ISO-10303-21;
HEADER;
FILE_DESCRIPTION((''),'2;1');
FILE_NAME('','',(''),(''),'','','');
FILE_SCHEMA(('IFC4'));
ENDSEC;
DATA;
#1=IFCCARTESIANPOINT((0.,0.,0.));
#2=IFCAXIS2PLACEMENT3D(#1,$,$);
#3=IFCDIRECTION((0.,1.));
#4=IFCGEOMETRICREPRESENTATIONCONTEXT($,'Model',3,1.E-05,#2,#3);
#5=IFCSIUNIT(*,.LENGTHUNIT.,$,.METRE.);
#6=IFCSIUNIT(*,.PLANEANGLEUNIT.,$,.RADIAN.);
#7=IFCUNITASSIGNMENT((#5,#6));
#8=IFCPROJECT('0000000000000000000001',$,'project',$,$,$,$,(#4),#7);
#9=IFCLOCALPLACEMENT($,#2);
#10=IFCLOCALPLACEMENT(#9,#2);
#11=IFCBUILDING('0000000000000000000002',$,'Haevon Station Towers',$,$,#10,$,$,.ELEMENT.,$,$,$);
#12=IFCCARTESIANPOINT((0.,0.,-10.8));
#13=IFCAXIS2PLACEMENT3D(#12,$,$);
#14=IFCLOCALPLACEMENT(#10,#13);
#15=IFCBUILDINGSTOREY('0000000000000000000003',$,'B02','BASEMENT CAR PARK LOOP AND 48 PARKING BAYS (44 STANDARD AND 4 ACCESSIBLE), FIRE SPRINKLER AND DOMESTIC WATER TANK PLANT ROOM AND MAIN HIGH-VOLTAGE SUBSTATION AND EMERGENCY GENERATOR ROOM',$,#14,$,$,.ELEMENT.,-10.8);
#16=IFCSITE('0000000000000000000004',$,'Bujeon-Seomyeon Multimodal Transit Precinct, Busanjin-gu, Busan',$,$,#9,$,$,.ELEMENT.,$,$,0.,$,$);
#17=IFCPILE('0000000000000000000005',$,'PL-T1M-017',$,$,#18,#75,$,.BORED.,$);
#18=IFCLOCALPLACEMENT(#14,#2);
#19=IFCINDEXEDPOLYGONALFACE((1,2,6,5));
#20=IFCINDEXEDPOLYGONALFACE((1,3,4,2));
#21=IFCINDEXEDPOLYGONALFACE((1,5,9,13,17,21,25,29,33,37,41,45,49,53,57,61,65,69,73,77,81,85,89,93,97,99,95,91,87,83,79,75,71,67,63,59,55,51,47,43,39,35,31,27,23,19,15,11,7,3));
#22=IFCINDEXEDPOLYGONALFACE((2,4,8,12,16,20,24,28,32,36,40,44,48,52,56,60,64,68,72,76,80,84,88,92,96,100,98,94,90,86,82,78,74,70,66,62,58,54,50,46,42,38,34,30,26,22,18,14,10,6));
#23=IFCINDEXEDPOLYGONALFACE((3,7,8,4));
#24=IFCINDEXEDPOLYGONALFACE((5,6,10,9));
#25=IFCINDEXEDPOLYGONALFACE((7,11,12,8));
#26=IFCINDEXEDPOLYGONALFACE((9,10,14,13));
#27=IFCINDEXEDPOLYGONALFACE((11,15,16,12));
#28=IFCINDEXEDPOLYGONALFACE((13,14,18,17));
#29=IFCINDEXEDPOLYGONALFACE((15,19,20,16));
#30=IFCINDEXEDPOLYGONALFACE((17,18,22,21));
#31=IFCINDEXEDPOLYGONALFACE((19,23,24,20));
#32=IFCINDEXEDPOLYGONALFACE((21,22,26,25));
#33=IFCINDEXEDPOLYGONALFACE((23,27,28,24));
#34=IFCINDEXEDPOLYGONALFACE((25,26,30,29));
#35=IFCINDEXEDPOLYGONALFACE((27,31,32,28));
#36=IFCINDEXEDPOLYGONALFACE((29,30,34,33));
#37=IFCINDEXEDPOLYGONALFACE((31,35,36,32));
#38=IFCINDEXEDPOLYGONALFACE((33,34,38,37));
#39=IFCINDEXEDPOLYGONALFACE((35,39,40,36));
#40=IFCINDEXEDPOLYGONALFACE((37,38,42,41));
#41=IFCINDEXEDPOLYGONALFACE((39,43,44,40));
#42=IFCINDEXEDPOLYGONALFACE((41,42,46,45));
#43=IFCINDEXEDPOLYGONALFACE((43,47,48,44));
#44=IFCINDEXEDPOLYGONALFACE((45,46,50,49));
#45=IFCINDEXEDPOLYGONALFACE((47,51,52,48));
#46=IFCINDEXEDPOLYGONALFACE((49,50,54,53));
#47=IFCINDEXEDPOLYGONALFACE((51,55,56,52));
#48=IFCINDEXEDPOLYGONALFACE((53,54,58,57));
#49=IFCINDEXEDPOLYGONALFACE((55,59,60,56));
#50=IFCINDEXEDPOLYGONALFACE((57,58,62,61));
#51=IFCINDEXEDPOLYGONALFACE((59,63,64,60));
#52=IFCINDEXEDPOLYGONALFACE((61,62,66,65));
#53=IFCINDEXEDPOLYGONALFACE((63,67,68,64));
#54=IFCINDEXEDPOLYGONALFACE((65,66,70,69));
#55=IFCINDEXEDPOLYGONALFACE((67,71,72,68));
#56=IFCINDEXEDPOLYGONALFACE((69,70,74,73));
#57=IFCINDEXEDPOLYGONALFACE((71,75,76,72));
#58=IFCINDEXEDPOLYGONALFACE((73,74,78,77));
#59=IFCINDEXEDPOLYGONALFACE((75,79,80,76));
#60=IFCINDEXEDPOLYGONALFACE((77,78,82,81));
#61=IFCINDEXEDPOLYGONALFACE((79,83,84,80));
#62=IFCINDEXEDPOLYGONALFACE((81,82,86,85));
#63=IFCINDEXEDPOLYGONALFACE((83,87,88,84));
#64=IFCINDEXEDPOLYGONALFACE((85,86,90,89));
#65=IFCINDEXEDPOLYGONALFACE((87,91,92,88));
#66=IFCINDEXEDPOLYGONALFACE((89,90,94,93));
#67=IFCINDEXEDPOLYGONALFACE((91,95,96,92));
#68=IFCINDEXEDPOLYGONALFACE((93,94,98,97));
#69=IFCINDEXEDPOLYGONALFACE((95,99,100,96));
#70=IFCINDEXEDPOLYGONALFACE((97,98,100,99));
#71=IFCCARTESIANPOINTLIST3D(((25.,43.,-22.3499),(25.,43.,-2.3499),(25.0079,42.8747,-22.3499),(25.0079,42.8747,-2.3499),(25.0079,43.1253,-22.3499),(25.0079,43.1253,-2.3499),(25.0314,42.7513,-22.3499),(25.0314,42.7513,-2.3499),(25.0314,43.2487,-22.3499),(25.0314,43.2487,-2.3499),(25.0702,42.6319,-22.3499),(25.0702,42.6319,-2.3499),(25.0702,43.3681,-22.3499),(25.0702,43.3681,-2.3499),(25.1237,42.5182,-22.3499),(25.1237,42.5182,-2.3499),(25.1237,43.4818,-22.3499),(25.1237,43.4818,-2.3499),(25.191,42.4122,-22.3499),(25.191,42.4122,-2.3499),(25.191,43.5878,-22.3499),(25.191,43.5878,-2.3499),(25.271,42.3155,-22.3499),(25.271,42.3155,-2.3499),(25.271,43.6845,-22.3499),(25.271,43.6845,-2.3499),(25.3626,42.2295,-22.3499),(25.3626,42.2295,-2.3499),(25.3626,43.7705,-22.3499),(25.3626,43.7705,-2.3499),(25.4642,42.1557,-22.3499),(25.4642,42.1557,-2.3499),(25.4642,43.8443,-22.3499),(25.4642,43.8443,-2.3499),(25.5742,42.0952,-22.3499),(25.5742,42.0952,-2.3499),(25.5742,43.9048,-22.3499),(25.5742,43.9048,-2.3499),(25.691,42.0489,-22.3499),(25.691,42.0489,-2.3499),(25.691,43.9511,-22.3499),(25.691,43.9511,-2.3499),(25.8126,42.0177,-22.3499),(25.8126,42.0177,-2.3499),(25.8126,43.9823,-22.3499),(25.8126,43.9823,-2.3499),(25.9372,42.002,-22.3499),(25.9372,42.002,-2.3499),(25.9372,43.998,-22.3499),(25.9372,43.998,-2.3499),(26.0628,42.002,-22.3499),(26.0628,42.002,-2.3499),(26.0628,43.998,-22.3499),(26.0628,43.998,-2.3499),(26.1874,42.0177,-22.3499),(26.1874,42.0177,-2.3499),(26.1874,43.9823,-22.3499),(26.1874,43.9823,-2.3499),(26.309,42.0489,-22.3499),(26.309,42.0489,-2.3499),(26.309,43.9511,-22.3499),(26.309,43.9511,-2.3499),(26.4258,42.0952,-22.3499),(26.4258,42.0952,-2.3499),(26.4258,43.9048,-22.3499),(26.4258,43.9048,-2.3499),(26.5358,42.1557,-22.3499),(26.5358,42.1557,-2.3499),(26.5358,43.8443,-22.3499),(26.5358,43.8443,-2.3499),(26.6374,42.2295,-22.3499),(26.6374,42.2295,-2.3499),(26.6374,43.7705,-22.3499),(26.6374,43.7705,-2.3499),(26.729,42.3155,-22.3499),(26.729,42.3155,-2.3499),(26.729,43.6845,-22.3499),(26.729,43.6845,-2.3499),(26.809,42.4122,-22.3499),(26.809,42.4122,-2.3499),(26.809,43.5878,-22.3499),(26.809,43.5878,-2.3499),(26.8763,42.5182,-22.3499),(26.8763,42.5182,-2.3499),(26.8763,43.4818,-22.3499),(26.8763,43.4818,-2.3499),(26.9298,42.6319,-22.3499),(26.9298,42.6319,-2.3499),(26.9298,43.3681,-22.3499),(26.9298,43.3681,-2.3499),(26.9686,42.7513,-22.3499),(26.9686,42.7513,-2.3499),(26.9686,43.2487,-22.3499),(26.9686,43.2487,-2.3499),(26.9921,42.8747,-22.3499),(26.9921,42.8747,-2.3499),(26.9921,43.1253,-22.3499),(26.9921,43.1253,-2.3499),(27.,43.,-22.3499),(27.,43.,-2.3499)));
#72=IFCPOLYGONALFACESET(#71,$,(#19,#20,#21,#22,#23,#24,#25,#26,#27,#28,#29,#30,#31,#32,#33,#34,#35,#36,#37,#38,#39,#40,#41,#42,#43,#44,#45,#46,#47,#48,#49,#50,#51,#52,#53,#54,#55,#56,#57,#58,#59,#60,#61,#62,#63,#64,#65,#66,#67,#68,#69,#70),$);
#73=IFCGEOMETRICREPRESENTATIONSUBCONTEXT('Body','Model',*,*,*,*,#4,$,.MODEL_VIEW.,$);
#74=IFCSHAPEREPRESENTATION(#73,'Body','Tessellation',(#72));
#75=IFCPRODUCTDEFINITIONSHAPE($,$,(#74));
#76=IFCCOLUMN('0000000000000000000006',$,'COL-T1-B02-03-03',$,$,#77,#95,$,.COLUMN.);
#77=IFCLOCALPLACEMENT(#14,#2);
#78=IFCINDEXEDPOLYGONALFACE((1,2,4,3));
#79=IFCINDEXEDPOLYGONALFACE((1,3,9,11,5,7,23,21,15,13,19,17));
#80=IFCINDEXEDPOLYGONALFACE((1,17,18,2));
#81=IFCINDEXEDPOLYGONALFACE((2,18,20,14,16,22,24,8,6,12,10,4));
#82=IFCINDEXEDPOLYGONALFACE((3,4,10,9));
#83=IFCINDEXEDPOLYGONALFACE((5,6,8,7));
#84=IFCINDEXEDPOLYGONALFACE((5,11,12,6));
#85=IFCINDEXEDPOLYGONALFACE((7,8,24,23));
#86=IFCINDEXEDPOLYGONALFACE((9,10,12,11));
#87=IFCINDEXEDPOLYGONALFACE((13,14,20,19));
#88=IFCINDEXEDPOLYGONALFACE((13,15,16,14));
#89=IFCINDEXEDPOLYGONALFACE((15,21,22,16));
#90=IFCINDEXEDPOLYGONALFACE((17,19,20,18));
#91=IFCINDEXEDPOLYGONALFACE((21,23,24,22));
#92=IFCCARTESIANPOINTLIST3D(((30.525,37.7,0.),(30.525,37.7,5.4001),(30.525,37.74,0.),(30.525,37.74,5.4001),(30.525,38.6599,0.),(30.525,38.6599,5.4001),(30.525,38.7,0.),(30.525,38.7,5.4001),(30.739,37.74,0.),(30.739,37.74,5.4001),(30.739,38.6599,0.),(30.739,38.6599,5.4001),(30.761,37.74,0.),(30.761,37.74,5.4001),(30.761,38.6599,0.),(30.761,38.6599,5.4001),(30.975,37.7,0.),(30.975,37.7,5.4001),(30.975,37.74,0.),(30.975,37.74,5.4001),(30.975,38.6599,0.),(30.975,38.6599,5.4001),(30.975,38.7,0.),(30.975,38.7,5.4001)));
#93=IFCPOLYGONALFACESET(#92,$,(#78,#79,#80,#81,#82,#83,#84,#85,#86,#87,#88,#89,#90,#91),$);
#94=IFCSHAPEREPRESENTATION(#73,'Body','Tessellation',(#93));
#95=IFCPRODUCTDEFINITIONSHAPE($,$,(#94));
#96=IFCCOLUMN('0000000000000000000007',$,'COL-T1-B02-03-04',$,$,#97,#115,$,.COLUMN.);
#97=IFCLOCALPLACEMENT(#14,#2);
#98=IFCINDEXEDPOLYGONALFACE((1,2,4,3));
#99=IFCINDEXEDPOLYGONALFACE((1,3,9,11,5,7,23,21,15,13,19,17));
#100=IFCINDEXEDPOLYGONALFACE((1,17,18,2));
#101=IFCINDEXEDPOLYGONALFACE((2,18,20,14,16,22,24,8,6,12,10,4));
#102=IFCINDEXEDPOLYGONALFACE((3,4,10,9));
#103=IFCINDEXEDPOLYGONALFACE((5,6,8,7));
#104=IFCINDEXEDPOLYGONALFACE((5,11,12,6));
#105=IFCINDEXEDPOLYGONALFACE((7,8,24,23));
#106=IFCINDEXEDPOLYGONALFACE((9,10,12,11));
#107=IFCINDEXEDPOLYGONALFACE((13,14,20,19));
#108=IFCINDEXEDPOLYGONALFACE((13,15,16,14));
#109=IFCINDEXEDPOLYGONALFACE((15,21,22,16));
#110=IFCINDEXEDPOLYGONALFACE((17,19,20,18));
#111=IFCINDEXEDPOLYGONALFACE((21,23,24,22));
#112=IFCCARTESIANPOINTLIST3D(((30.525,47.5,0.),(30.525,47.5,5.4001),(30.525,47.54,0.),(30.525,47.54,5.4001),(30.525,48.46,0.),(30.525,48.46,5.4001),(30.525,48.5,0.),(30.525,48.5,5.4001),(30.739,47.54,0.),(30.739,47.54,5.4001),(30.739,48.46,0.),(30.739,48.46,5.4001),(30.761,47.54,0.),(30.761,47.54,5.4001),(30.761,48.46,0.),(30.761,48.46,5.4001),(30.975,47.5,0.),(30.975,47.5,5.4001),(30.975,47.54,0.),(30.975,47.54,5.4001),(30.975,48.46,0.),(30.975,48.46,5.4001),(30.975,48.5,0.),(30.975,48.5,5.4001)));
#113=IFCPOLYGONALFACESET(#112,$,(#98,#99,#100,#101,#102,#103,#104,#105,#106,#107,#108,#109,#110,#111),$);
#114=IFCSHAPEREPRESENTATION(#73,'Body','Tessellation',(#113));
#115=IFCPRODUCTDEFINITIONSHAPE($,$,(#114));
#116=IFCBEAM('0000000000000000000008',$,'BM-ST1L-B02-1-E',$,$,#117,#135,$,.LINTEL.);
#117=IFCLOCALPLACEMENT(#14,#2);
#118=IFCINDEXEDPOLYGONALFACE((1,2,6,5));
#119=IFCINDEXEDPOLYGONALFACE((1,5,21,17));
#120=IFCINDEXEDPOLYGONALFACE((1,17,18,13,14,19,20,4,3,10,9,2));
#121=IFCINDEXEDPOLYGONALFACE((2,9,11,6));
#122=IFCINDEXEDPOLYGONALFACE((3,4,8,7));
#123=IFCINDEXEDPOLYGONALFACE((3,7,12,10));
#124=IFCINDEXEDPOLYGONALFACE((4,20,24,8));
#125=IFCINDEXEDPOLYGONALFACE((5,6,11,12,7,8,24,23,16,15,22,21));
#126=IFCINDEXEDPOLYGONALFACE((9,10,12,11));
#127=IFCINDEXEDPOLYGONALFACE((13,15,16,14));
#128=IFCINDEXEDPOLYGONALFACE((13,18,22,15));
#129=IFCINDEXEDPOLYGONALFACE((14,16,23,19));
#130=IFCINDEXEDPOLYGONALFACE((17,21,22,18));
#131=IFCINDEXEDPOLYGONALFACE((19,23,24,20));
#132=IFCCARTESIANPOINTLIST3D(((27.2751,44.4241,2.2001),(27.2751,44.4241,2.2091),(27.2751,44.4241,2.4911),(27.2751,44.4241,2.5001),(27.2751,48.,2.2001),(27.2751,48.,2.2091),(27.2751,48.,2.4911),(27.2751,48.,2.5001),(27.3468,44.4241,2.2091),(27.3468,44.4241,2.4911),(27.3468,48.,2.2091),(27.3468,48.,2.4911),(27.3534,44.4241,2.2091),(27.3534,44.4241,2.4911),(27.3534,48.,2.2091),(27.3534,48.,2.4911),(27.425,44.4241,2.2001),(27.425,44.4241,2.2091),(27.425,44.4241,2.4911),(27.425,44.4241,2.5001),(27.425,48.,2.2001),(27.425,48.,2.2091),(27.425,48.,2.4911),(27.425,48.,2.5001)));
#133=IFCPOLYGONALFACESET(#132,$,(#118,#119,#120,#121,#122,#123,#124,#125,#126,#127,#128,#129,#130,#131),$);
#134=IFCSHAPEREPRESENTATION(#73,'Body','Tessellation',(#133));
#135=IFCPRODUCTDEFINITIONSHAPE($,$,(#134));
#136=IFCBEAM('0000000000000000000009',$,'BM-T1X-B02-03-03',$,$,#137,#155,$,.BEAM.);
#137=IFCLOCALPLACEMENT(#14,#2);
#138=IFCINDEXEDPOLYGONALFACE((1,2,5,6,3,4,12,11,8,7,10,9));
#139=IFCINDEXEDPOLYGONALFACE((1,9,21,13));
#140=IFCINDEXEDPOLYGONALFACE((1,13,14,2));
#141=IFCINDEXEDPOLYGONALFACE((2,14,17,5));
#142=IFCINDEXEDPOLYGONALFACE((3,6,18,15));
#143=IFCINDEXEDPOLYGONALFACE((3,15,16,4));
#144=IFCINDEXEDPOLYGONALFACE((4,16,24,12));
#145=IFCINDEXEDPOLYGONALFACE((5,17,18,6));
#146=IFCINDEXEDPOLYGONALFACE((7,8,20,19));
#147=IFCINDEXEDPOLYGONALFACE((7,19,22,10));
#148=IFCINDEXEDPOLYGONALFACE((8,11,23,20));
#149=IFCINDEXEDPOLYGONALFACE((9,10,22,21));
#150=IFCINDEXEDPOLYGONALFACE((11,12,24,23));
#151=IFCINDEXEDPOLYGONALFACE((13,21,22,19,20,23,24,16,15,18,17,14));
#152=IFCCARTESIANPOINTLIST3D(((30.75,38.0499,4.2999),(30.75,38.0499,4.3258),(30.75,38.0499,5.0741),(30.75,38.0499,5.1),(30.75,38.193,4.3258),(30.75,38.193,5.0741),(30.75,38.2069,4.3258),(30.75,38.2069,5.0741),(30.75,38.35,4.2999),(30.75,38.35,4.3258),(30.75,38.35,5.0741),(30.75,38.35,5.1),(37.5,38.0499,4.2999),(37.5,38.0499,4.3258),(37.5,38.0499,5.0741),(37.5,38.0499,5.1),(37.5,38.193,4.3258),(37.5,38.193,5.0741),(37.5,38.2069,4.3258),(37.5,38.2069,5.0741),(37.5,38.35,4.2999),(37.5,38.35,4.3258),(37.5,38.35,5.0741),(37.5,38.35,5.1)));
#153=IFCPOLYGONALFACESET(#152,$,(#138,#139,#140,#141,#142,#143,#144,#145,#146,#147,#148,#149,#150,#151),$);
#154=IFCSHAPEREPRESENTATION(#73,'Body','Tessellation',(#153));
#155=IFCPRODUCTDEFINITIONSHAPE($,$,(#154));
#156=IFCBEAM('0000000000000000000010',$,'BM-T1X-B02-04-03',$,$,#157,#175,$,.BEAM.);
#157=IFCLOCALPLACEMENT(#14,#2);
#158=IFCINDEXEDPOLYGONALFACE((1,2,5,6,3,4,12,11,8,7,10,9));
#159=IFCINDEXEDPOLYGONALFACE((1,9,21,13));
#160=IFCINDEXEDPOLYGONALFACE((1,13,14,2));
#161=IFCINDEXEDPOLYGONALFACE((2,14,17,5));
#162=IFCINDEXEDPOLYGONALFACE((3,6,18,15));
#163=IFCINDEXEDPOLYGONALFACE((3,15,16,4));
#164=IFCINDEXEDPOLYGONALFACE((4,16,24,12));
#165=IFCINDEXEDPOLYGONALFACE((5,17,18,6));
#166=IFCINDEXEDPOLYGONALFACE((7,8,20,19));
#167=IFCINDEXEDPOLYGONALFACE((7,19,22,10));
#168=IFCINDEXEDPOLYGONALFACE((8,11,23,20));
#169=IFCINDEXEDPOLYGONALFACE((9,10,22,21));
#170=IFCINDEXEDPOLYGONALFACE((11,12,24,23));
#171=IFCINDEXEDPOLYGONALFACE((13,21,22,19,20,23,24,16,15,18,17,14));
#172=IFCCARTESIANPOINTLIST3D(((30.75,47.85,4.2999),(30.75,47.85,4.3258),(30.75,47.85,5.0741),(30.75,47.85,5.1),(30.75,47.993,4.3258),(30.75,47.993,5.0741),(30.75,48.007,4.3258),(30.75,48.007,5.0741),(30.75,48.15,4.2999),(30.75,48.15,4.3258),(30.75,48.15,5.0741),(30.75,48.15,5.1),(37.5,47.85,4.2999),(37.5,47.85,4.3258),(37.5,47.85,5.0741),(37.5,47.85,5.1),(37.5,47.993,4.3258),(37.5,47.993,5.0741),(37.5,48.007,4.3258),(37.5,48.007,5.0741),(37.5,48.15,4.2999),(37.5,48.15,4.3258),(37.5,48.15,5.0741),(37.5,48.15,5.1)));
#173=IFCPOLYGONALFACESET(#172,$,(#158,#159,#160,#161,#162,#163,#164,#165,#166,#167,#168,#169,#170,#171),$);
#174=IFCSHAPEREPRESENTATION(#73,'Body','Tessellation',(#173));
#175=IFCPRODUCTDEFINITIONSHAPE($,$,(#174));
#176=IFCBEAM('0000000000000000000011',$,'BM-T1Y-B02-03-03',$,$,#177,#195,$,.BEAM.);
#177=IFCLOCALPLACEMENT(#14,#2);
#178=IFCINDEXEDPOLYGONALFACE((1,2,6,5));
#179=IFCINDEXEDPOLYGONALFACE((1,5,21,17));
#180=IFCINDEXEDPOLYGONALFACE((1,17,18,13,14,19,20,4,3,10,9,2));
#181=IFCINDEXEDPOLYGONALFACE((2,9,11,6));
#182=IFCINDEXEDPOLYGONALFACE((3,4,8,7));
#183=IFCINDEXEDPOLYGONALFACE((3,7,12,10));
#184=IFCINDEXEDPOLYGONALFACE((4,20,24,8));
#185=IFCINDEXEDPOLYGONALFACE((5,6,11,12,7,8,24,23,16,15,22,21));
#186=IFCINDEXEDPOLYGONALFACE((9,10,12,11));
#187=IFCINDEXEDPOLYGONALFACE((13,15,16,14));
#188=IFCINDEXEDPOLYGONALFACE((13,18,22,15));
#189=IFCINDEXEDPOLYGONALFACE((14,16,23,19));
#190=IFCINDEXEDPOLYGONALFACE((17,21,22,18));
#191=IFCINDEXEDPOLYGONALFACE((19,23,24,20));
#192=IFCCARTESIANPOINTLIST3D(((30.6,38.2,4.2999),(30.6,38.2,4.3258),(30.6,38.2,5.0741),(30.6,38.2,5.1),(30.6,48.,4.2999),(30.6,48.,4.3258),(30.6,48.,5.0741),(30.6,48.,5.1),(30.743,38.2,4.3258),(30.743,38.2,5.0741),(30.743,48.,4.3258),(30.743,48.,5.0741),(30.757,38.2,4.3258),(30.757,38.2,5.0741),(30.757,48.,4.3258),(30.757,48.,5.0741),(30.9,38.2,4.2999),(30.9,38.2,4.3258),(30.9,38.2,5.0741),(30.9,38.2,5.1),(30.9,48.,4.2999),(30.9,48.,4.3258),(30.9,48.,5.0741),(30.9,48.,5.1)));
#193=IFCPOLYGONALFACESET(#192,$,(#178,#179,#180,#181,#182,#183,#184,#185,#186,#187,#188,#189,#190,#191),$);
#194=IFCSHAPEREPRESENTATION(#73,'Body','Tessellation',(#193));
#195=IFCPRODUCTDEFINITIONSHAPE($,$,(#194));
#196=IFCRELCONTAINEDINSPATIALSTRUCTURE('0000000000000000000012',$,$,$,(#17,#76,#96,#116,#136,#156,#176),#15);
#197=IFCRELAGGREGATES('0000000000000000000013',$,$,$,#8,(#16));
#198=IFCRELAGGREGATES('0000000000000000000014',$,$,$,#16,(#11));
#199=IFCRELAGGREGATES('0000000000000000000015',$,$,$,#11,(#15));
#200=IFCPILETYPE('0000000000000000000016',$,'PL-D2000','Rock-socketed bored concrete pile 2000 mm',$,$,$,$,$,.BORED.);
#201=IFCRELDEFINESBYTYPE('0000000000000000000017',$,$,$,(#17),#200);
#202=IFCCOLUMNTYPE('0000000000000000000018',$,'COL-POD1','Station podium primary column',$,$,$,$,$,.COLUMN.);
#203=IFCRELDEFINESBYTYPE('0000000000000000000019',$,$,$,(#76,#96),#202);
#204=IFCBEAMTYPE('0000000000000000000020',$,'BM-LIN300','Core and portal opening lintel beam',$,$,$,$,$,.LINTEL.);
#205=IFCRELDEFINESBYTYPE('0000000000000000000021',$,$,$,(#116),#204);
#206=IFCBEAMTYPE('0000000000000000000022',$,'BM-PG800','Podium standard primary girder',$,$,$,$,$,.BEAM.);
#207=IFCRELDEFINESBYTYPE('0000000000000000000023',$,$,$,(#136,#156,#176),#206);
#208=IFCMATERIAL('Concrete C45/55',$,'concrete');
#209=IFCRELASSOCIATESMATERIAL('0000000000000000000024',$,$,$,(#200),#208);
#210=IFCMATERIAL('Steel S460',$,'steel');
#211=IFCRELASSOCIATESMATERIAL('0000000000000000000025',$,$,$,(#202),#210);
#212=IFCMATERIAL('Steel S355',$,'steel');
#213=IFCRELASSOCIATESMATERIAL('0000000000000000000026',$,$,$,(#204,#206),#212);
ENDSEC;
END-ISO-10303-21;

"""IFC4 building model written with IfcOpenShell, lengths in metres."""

from ifc_helpers import new_model, si_unit, direction, frame, origin, origin_2d, place, context, subcontext, project, spatial, circle, i_section, extrude, material, material_profile, profile_set, type_object, element, save


model = new_model("IFC4")

# Units and contexts
model_context = context("Model", 3, precision=1e-05, world=origin(), true_north=direction((0.0, 1.0)))
body_context = subcontext(model_context, "Body", "Model", "MODEL_VIEW")
ifc_project = project(units=[si_unit("LENGTHUNIT", "METRE"), si_unit("PLANEANGLEUNIT", "RADIAN")], contexts=[model_context])

# Site, building, storey
site_placement = place(None, origin())
site = spatial("IfcSite", under=ifc_project, at=site_placement, Name="Bujeon-Seomyeon Multimodal Transit Precinct, Busanjin-gu, Busan", CompositionType="ELEMENT", RefElevation=0.0)
building_placement = place(site_placement, origin())
building = spatial("IfcBuilding", under=site, at=building_placement, Name="Haevon Station Towers", CompositionType="ELEMENT")
storey_placement = place(building_placement, frame((0.0, 0.0, -10.8)))
storey = spatial("IfcBuildingStorey", under=building, at=storey_placement, Name="B02", Description="BASEMENT CAR PARK LOOP AND 48 PARKING BAYS (44 STANDARD AND 4 ACCESSIBLE), FIRE SPRINKLER AND DOMESTIC WATER TANK PLANT ROOM AND MAIN HIGH-VOLTAGE SUBSTATION AND EMERGENCY GENERATOR ROOM", CompositionType="ELEMENT", Elevation=-10.8)

# Pile
ifc_material_1 = material(Name="Concrete C45/55", Category="concrete")
ifc_material_profile_1 = material_profile(ifc_material_1, circle(Radius=1.0, at=origin_2d()), Name="PILE-D2000")
ifc_profile_set_1 = profile_set([ifc_material_profile_1], Name="Concrete C45/55")
pile_type = type_object("IfcPileType", Name="PL-D2000", Description="Rock-socketed bored concrete pile 2000 mm", PredefinedType="BORED", material=ifc_profile_set_1)
pile_placement = place(storey_placement, frame((26.0, 43.0, -2.3499), z_axis=(0.0, 0.0, -1.0), x_axis=(1.0, 0.0, 0.0)))
element("IfcPile", 1, at=pile_placement, inside=storey, type_object=pile_type, Name="PL-T1M-017", PredefinedType="BORED", context=body_context, shape_type="SweptSolid", body=[
    extrude(circle(Radius=1.0, at=origin_2d()), origin(), (0.0, 0.0, 1.0), 20.0),
])

# Columns
ifc_material_2 = material(Name="Steel S460", Category="steel")
ifc_material_profile_2 = material_profile(ifc_material_2, i_section(OverallWidth=0.45, OverallDepth=1.0, WebThickness=0.022, FlangeThickness=0.04, at=origin_2d()), Name="H-1000x450x22x40")
ifc_profile_set_2 = profile_set([ifc_material_profile_2], Name="Steel S460")
column_type = type_object("IfcColumnType", Name="COL-POD1", Description="Station podium primary column", PredefinedType="COLUMN", material=ifc_profile_set_2)
for number, where, z_axis, x_axis, name in (
    (2, (30.75, 38.2, 0.0), (0.0, 0.0, 1.0), (1.0, 0.0, 0.0), "COL-T1-B02-03-03"),
    (3, (30.75, 48.0, 0.0), (0.0, 0.0, 1.0), (1.0, 0.0, 0.0), "COL-T1-B02-03-04"),
):
    element("IfcColumn", number, at=place(storey_placement, frame(where, z_axis=z_axis, x_axis=x_axis)), inside=storey, type_object=column_type, Name=name, PredefinedType="COLUMN", context=body_context, shape_type="SweptSolid", body=[
        extrude(i_section(OverallWidth=0.45, OverallDepth=1.0, WebThickness=0.022, FlangeThickness=0.04, at=origin_2d()), origin(), (0.0, 0.0, 1.0), 5.4001),
    ])

# Beams
ifc_material_3 = material(Name="Steel S355", Category="steel")
ifc_material_profile_3 = material_profile(ifc_material_3, i_section(OverallWidth=0.1499, OverallDepth=0.3, WebThickness=0.0066, FlangeThickness=0.009, at=origin_2d()), Name="H-300x150x6.5x9")
ifc_profile_set_3 = profile_set([ifc_material_profile_3], Name="Steel S355")
beam_type_1 = type_object("IfcBeamType", Name="BM-LIN300", Description="Core and portal opening lintel beam", PredefinedType="LINTEL", material=ifc_profile_set_3)
beam_1_placement = place(storey_placement, frame((27.3501, 44.4241, 2.3501), z_axis=(0.0, 1.0, 0.0), x_axis=(-1.0, 0.0, 0.0)))
element("IfcBeam", 4, at=beam_1_placement, inside=storey, type_object=beam_type_1, Name="BM-ST1L-B02-1-E", PredefinedType="LINTEL", context=body_context, shape_type="SweptSolid", body=[
    extrude(i_section(OverallWidth=0.1499, OverallDepth=0.3, WebThickness=0.0066, FlangeThickness=0.009, at=origin_2d()), origin(), (0.0, 0.0, 1.0), 3.5759),
])
ifc_material_profile_4 = material_profile(ifc_material_3, i_section(OverallWidth=0.3, OverallDepth=0.8, WebThickness=0.0139, FlangeThickness=0.0259, at=origin_2d()), Name="H-800x300x14x26")
ifc_profile_set_4 = profile_set([ifc_material_profile_4], Name="Steel S355")
beam_type_2 = type_object("IfcBeamType", Name="BM-PG800", Description="Podium standard primary girder", PredefinedType="BEAM", material=ifc_profile_set_4)
for number, where, z_axis, x_axis, name in (
    (5, (30.75, 38.2, 4.7), (1.0, 0.0, 0.0), (0.0, 1.0, 0.0), "BM-T1X-B02-03-03"),
    (6, (30.75, 48.0, 4.7), (1.0, 0.0, 0.0), (0.0, 1.0, 0.0), "BM-T1X-B02-04-03"),
):
    element("IfcBeam", number, at=place(storey_placement, frame(where, z_axis=z_axis, x_axis=x_axis)), inside=storey, type_object=beam_type_2, Name=name, PredefinedType="BEAM", context=body_context, shape_type="SweptSolid", body=[
        extrude(i_section(OverallWidth=0.3, OverallDepth=0.8, WebThickness=0.0139, FlangeThickness=0.0259, at=origin_2d()), origin(), (0.0, 0.0, 1.0), 6.75),
    ])
beam_2_placement = place(storey_placement, frame((30.75, 38.2, 4.7), z_axis=(0.0, 1.0, 0.0), x_axis=(-1.0, 0.0, 0.0)))
element("IfcBeam", 7, at=beam_2_placement, inside=storey, type_object=beam_type_2, Name="BM-T1Y-B02-03-03", PredefinedType="BEAM", context=body_context, shape_type="SweptSolid", body=[
    extrude(i_section(OverallWidth=0.3, OverallDepth=0.8, WebThickness=0.0139, FlangeThickness=0.0259, at=origin_2d()), origin(), (0.0, 0.0, 1.0), 9.8),
])

save(model, "model.ifc")
